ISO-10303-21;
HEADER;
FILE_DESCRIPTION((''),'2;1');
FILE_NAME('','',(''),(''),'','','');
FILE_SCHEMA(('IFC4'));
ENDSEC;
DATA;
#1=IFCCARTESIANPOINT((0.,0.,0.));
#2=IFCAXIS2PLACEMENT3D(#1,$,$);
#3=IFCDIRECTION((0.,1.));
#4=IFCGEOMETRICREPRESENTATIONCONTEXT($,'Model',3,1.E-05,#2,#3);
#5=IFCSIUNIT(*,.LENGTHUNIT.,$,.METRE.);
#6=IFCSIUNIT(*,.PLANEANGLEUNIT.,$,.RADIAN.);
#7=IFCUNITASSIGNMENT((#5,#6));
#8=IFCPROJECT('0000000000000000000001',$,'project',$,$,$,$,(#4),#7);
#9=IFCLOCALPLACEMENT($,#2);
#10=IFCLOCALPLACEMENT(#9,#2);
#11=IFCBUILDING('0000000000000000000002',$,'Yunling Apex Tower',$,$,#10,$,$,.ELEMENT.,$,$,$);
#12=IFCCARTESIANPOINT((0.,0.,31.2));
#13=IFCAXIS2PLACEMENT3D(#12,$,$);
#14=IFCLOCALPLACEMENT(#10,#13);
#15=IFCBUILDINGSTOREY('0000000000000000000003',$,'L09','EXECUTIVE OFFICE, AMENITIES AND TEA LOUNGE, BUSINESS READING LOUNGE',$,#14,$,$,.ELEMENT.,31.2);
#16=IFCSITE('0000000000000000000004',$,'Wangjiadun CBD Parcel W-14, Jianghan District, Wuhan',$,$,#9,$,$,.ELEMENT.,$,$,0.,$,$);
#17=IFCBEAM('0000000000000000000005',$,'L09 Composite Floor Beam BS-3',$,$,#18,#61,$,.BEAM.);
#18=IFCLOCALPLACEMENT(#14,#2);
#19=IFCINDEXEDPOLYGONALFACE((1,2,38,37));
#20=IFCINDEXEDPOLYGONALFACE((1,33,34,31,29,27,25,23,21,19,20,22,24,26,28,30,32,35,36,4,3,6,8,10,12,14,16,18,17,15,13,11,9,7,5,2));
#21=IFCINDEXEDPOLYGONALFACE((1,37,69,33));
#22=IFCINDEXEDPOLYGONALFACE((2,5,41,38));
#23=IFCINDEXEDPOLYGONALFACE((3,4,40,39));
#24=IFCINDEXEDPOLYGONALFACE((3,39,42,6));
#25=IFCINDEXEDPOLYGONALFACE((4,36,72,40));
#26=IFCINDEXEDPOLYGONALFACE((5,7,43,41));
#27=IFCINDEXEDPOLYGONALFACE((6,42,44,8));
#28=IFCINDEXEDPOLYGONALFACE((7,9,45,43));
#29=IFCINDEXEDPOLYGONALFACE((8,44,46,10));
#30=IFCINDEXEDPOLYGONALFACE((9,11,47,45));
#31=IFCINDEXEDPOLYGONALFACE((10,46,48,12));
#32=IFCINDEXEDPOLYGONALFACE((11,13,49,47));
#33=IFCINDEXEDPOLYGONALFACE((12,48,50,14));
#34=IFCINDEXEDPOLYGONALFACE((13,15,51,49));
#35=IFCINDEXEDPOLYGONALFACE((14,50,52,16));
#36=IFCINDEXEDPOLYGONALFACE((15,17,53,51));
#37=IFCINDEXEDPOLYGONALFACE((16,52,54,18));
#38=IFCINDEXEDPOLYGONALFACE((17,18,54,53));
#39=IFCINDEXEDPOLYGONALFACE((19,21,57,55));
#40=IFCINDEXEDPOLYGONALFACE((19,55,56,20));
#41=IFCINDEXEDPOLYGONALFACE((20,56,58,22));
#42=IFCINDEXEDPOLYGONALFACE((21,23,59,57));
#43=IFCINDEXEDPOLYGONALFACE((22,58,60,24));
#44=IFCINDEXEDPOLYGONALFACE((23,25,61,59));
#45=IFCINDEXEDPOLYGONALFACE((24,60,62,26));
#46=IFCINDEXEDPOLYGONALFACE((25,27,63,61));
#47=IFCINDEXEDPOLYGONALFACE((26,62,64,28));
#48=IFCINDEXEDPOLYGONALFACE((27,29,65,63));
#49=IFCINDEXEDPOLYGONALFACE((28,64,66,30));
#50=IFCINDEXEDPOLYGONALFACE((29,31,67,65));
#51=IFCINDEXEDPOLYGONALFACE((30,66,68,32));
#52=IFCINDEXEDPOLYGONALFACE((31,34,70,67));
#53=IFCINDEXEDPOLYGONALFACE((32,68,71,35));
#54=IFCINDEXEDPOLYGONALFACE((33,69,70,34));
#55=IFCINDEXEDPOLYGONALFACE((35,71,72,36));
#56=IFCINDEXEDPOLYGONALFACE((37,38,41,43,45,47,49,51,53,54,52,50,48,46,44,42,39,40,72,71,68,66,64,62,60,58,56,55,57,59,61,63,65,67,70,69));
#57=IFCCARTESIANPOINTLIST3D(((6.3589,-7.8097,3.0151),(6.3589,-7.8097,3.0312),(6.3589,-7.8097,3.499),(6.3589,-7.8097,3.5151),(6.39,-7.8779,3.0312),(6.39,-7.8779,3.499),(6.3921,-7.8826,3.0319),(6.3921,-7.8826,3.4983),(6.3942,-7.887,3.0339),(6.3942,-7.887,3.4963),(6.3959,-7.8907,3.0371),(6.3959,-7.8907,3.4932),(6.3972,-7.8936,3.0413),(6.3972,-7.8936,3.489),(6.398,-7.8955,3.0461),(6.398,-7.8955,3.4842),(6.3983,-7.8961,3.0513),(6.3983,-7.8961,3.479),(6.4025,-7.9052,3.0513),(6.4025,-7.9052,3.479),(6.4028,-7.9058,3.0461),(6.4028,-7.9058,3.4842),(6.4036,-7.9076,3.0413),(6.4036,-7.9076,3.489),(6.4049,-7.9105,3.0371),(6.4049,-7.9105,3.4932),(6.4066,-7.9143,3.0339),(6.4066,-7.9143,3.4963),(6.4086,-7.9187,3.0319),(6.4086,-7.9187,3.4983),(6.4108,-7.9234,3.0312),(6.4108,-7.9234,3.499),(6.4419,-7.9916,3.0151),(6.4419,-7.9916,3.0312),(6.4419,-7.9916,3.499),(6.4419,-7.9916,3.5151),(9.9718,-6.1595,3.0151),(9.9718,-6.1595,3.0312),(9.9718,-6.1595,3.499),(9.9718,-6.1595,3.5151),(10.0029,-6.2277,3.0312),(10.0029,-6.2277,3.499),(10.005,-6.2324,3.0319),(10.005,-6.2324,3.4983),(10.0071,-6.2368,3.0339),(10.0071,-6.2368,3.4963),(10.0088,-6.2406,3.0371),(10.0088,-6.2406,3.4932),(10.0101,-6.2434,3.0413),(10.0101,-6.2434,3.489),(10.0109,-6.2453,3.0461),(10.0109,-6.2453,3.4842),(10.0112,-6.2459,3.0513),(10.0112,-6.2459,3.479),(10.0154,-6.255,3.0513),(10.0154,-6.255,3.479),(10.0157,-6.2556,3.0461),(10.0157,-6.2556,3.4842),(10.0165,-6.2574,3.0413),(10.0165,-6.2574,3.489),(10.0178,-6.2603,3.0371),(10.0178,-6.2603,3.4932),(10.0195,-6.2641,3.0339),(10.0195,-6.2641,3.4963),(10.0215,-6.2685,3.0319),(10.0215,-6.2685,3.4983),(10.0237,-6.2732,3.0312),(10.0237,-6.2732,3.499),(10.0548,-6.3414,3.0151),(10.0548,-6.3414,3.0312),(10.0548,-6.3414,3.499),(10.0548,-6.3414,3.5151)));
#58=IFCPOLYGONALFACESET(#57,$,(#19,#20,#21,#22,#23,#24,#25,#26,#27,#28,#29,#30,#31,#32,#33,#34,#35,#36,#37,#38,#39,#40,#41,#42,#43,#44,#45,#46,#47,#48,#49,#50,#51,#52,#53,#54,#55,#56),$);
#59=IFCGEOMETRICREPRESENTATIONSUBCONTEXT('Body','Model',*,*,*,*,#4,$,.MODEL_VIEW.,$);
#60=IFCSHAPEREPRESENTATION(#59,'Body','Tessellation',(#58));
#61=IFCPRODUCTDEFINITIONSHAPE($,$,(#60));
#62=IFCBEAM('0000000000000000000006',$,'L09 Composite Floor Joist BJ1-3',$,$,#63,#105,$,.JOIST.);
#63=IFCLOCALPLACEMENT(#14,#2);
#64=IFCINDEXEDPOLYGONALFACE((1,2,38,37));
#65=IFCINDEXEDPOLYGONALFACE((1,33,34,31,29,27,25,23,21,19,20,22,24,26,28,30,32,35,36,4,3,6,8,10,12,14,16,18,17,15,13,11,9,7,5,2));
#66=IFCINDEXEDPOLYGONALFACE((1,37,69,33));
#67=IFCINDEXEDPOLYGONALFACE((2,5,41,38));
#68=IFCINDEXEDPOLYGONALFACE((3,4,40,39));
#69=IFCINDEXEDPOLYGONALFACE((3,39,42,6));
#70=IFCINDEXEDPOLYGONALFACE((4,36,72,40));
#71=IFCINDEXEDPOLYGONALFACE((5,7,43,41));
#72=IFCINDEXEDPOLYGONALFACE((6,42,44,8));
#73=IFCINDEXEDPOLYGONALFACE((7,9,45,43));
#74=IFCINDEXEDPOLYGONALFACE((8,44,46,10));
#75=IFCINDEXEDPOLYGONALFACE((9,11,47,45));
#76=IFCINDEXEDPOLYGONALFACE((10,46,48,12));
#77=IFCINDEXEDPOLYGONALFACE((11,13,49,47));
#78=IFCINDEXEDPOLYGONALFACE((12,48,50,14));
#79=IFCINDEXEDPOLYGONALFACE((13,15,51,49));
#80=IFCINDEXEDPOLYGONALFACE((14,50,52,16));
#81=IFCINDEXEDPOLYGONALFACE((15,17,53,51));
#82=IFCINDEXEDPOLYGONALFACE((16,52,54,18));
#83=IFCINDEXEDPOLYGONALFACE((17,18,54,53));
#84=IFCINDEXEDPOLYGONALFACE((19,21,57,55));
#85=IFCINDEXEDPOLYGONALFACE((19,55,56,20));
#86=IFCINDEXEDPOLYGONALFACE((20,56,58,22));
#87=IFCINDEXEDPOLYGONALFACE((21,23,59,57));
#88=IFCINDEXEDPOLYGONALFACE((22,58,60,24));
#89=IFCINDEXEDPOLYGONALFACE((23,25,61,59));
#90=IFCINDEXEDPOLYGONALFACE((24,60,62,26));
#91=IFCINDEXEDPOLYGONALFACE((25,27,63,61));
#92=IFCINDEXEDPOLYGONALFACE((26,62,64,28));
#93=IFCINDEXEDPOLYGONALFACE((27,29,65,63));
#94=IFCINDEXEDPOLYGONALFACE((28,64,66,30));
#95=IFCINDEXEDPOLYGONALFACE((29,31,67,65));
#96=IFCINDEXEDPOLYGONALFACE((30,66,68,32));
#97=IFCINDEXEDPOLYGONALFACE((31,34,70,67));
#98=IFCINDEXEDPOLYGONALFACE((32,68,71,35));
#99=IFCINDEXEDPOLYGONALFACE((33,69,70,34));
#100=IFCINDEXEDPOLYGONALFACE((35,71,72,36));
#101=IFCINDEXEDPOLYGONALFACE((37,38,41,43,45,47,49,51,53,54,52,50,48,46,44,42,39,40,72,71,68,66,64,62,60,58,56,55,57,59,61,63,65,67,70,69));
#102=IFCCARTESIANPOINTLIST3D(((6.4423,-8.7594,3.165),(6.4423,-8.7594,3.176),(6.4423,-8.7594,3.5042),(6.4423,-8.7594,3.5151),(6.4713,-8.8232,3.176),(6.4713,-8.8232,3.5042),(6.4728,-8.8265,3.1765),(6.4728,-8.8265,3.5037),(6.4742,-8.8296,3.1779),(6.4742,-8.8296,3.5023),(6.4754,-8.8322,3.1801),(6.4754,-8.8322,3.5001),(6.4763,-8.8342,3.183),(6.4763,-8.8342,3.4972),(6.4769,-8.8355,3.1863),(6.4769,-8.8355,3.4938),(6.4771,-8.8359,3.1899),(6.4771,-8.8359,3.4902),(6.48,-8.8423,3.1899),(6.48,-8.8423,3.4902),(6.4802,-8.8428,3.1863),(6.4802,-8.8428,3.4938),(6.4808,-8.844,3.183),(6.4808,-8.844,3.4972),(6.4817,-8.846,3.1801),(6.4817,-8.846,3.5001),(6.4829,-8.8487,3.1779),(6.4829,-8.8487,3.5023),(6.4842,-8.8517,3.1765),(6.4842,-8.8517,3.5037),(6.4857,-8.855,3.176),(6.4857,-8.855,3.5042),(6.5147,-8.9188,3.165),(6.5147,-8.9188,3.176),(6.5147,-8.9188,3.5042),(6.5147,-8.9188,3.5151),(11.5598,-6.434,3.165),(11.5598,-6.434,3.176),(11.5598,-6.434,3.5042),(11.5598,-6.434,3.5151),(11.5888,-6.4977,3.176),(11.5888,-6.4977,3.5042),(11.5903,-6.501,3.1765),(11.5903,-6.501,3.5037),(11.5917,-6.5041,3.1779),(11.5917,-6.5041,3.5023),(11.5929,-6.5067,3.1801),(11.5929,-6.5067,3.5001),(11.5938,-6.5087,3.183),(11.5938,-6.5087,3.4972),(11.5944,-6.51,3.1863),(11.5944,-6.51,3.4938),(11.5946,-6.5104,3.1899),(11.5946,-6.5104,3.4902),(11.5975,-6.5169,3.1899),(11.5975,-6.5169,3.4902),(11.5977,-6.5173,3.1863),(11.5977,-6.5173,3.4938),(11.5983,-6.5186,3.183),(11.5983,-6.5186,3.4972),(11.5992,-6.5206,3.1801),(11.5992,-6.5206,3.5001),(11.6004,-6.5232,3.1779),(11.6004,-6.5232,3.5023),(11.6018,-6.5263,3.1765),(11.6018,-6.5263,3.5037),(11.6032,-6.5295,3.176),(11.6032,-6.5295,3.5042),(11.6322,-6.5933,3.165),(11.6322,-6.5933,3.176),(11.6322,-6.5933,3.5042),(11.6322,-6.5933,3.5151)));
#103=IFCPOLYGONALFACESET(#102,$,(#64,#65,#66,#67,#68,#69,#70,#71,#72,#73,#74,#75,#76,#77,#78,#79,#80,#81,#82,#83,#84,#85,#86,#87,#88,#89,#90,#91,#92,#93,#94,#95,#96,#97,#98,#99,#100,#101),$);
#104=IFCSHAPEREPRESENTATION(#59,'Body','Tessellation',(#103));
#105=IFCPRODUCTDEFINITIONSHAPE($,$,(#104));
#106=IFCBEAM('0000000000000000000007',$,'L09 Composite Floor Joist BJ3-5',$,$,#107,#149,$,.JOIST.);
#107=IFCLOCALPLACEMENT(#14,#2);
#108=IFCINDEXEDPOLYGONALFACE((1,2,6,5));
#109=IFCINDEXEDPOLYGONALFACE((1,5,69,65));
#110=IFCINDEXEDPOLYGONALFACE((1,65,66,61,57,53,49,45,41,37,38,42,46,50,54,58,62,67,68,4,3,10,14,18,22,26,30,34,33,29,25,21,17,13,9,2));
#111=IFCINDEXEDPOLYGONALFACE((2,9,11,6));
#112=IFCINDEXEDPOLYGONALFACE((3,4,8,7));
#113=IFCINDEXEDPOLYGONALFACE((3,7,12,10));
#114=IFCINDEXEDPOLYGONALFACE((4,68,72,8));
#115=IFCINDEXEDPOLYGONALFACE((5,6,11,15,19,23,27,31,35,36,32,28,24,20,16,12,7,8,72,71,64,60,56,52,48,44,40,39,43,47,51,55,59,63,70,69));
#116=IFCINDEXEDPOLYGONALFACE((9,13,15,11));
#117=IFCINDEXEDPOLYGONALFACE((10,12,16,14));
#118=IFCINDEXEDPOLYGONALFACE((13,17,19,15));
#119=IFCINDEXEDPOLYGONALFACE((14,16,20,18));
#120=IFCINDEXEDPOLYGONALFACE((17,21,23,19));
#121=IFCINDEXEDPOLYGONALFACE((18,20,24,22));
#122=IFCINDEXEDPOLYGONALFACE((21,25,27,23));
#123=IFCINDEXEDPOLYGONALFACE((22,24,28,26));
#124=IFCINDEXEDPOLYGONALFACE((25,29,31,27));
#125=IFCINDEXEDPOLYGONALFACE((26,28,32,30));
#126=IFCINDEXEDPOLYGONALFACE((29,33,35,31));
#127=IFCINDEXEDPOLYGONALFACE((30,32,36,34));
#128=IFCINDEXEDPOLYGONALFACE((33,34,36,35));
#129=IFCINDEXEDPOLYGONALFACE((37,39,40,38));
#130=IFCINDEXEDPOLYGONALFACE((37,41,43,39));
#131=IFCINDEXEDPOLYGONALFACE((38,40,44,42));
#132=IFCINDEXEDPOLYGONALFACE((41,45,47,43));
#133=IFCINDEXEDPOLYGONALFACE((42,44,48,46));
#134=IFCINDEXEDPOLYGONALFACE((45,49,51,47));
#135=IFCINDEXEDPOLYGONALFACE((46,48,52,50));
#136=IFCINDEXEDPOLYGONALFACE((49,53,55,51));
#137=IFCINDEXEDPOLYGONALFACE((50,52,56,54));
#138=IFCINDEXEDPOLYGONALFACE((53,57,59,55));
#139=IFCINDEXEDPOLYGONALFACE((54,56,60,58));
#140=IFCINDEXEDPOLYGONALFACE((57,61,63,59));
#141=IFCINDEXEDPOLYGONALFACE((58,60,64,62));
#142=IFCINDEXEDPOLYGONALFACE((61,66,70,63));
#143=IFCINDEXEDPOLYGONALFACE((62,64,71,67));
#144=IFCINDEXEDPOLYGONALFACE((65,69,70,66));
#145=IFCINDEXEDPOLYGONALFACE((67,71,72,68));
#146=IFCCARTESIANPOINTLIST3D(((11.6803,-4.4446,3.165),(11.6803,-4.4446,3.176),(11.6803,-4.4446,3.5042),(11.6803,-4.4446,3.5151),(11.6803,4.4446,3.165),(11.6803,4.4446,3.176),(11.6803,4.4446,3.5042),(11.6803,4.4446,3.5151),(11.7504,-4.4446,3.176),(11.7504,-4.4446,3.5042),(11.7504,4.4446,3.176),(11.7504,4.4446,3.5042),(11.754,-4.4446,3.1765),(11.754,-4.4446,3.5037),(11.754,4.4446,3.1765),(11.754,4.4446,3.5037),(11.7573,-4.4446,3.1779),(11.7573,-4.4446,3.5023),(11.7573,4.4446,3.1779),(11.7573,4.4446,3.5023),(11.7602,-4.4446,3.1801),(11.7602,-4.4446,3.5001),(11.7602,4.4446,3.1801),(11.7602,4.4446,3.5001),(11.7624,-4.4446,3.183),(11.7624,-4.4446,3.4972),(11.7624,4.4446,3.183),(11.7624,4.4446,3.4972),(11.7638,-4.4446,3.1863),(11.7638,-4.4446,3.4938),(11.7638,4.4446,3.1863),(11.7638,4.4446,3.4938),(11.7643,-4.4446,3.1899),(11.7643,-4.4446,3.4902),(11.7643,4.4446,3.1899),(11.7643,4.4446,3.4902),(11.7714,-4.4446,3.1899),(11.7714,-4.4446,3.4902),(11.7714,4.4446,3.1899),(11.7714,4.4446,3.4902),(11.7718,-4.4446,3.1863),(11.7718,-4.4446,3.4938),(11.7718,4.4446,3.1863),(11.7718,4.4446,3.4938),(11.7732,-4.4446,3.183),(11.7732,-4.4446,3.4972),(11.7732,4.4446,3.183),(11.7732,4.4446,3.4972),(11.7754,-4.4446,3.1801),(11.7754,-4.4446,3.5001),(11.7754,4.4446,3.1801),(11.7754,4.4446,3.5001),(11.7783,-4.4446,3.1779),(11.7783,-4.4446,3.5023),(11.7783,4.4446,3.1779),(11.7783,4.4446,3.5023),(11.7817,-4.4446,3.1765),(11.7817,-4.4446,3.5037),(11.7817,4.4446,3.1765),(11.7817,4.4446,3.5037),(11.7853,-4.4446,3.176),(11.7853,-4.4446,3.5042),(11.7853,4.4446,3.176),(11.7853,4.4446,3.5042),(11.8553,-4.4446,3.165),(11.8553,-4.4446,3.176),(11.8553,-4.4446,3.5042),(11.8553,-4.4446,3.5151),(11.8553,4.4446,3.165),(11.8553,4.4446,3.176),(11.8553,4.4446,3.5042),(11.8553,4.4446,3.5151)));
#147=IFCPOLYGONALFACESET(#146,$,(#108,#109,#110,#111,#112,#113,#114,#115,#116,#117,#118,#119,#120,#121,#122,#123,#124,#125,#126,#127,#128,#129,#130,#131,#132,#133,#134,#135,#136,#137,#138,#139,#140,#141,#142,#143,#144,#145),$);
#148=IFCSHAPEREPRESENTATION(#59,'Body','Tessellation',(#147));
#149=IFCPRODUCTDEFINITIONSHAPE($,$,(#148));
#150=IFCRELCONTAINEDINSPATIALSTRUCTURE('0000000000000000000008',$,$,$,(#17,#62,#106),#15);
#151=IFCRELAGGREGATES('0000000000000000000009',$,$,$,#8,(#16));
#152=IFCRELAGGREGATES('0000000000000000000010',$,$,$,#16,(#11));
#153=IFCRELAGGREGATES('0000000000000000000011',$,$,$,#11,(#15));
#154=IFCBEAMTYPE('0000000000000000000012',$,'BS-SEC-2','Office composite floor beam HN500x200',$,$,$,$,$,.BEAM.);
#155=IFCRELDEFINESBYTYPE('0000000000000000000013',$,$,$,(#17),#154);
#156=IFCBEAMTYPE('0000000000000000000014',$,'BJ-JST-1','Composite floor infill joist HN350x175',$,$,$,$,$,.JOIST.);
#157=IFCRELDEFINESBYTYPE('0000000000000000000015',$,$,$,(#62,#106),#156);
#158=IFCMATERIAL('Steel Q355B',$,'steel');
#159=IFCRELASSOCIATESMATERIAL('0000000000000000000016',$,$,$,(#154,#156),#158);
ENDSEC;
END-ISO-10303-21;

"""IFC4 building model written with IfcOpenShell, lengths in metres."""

from ifc_helpers import new_model, si_unit, direction, frame, origin, origin_2d, place, context, subcontext, project, spatial, i_section, extrude, source, transform, mapped, material, material_profile, profile_set, type_object, element, save


model = new_model("IFC4")

# Units and contexts
model_context = context("Model", 3, precision=1e-05, world=origin(), true_north=direction((0.0, 1.0)))
body_context = subcontext(model_context, "Body", "Model", "MODEL_VIEW")
ifc_project = project(units=[si_unit("LENGTHUNIT", "METRE"), si_unit("PLANEANGLEUNIT", "RADIAN")], contexts=[model_context])

# Site, building, storey
site_placement = place(None, origin())
site = spatial("IfcSite", under=ifc_project, at=site_placement, Name="Wangjiadun CBD Parcel W-14, Jianghan District, Wuhan", CompositionType="ELEMENT", RefElevation=0.0)
building_placement = place(site_placement, origin())
building = spatial("IfcBuilding", under=site, at=building_placement, Name="Yunling Apex Tower", CompositionType="ELEMENT")
storey_placement = place(building_placement, frame((0.0, 0.0, 31.2)))
storey = spatial("IfcBuildingStorey", under=building, at=storey_placement, Name="L09", Description="EXECUTIVE OFFICE, AMENITIES AND TEA LOUNGE, BUSINESS READING LOUNGE", CompositionType="ELEMENT", Elevation=31.2)

# Beams
ifc_material_1 = material(Name="Steel Q355B", Category="steel")
ifc_material_profile_1 = material_profile(ifc_material_1, i_section(OverallWidth=0.2, OverallDepth=0.5, WebThickness=0.01, FlangeThickness=0.0161, FilletRadius=0.02, at=origin_2d()))
ifc_profile_set_1 = profile_set([ifc_material_profile_1], Name="Steel Q355B")
beam_type_1 = type_object("IfcBeamType", Name="BS-SEC-2", Description="Office composite floor beam HN500x200", PredefinedType="BEAM", material=ifc_profile_set_1)
shared_shape_1 = source(origin(), body_context, "Body", "SweptSolid", [
    extrude(i_section(OverallWidth=0.2, OverallDepth=0.5, WebThickness=0.01, FlangeThickness=0.0161, FilletRadius=0.02, at=origin_2d()), origin(), (0.0, 0.0, 1.0), 3.9719),
])
beam_1_placement = place(storey_placement, frame((6.4004, -7.9006, 3.2651), z_axis=(0.909609, 0.415465, 0.0), x_axis=(-0.415465, 0.909609, 0.0)))
element("IfcBeam", 1, at=beam_1_placement, inside=storey, type_object=beam_type_1, Name="L09 Composite Floor Beam BS-3", PredefinedType="BEAM", context=body_context, shape_type="MappedRepresentation", body=[
    mapped(shared_shape_1, transform((0.0, 0.0, 0.0), scale=1.0)),
])
ifc_material_profile_2 = material_profile(ifc_material_1, i_section(OverallWidth=0.175, OverallDepth=0.3501, WebThickness=0.0071, FlangeThickness=0.011, FilletRadius=0.0139, at=origin_2d()))
ifc_profile_set_2 = profile_set([ifc_material_profile_2], Name="Steel Q355B")
beam_type_2 = type_object("IfcBeamType", Name="BJ-JST-1", Description="Composite floor infill joist HN350x175", PredefinedType="JOIST", material=ifc_profile_set_2)
shared_shape_2 = source(origin(), body_context, "Body", "SweptSolid", [
    extrude(i_section(OverallWidth=0.175, OverallDepth=0.3501, WebThickness=0.0071, FlangeThickness=0.011, FilletRadius=0.0139, at=origin_2d()), origin(), (0.0, 0.0, 1.0), 5.6211),
])
beam_2_placement = place(storey_placement, frame((6.4785, -8.8391, 3.3401), z_axis=(0.910411, 0.413705, 0.0), x_axis=(-0.413705, 0.910411, 0.0)))
element("IfcBeam", 2, at=beam_2_placement, inside=storey, type_object=beam_type_2, Name="L09 Composite Floor Joist BJ1-3", PredefinedType="JOIST", context=body_context, shape_type="MappedRepresentation", body=[
    mapped(shared_shape_2, transform((0.0, 0.0, 0.0), scale=1.0)),
])
shared_shape_3 = source(origin(), body_context, "Body", "SweptSolid", [
    extrude(i_section(OverallWidth=0.175, OverallDepth=0.3501, WebThickness=0.0071, FlangeThickness=0.011, FilletRadius=0.0139, at=origin_2d()), origin(), (0.0, 0.0, 1.0), 8.8892),
])
beam_3_placement = place(storey_placement, frame((11.7678, -4.4446, 3.3401), z_axis=(0.0, 1.0, 0.0), x_axis=(-1.0, 0.0, 0.0)))
element("IfcBeam", 3, at=beam_3_placement, inside=storey, type_object=beam_type_2, Name="L09 Composite Floor Joist BJ3-5", PredefinedType="JOIST", context=body_context, shape_type="MappedRepresentation", body=[
    mapped(shared_shape_3, transform((0.0, 0.0, 0.0), scale=1.0)),
])

save(model, "model.ifc")
